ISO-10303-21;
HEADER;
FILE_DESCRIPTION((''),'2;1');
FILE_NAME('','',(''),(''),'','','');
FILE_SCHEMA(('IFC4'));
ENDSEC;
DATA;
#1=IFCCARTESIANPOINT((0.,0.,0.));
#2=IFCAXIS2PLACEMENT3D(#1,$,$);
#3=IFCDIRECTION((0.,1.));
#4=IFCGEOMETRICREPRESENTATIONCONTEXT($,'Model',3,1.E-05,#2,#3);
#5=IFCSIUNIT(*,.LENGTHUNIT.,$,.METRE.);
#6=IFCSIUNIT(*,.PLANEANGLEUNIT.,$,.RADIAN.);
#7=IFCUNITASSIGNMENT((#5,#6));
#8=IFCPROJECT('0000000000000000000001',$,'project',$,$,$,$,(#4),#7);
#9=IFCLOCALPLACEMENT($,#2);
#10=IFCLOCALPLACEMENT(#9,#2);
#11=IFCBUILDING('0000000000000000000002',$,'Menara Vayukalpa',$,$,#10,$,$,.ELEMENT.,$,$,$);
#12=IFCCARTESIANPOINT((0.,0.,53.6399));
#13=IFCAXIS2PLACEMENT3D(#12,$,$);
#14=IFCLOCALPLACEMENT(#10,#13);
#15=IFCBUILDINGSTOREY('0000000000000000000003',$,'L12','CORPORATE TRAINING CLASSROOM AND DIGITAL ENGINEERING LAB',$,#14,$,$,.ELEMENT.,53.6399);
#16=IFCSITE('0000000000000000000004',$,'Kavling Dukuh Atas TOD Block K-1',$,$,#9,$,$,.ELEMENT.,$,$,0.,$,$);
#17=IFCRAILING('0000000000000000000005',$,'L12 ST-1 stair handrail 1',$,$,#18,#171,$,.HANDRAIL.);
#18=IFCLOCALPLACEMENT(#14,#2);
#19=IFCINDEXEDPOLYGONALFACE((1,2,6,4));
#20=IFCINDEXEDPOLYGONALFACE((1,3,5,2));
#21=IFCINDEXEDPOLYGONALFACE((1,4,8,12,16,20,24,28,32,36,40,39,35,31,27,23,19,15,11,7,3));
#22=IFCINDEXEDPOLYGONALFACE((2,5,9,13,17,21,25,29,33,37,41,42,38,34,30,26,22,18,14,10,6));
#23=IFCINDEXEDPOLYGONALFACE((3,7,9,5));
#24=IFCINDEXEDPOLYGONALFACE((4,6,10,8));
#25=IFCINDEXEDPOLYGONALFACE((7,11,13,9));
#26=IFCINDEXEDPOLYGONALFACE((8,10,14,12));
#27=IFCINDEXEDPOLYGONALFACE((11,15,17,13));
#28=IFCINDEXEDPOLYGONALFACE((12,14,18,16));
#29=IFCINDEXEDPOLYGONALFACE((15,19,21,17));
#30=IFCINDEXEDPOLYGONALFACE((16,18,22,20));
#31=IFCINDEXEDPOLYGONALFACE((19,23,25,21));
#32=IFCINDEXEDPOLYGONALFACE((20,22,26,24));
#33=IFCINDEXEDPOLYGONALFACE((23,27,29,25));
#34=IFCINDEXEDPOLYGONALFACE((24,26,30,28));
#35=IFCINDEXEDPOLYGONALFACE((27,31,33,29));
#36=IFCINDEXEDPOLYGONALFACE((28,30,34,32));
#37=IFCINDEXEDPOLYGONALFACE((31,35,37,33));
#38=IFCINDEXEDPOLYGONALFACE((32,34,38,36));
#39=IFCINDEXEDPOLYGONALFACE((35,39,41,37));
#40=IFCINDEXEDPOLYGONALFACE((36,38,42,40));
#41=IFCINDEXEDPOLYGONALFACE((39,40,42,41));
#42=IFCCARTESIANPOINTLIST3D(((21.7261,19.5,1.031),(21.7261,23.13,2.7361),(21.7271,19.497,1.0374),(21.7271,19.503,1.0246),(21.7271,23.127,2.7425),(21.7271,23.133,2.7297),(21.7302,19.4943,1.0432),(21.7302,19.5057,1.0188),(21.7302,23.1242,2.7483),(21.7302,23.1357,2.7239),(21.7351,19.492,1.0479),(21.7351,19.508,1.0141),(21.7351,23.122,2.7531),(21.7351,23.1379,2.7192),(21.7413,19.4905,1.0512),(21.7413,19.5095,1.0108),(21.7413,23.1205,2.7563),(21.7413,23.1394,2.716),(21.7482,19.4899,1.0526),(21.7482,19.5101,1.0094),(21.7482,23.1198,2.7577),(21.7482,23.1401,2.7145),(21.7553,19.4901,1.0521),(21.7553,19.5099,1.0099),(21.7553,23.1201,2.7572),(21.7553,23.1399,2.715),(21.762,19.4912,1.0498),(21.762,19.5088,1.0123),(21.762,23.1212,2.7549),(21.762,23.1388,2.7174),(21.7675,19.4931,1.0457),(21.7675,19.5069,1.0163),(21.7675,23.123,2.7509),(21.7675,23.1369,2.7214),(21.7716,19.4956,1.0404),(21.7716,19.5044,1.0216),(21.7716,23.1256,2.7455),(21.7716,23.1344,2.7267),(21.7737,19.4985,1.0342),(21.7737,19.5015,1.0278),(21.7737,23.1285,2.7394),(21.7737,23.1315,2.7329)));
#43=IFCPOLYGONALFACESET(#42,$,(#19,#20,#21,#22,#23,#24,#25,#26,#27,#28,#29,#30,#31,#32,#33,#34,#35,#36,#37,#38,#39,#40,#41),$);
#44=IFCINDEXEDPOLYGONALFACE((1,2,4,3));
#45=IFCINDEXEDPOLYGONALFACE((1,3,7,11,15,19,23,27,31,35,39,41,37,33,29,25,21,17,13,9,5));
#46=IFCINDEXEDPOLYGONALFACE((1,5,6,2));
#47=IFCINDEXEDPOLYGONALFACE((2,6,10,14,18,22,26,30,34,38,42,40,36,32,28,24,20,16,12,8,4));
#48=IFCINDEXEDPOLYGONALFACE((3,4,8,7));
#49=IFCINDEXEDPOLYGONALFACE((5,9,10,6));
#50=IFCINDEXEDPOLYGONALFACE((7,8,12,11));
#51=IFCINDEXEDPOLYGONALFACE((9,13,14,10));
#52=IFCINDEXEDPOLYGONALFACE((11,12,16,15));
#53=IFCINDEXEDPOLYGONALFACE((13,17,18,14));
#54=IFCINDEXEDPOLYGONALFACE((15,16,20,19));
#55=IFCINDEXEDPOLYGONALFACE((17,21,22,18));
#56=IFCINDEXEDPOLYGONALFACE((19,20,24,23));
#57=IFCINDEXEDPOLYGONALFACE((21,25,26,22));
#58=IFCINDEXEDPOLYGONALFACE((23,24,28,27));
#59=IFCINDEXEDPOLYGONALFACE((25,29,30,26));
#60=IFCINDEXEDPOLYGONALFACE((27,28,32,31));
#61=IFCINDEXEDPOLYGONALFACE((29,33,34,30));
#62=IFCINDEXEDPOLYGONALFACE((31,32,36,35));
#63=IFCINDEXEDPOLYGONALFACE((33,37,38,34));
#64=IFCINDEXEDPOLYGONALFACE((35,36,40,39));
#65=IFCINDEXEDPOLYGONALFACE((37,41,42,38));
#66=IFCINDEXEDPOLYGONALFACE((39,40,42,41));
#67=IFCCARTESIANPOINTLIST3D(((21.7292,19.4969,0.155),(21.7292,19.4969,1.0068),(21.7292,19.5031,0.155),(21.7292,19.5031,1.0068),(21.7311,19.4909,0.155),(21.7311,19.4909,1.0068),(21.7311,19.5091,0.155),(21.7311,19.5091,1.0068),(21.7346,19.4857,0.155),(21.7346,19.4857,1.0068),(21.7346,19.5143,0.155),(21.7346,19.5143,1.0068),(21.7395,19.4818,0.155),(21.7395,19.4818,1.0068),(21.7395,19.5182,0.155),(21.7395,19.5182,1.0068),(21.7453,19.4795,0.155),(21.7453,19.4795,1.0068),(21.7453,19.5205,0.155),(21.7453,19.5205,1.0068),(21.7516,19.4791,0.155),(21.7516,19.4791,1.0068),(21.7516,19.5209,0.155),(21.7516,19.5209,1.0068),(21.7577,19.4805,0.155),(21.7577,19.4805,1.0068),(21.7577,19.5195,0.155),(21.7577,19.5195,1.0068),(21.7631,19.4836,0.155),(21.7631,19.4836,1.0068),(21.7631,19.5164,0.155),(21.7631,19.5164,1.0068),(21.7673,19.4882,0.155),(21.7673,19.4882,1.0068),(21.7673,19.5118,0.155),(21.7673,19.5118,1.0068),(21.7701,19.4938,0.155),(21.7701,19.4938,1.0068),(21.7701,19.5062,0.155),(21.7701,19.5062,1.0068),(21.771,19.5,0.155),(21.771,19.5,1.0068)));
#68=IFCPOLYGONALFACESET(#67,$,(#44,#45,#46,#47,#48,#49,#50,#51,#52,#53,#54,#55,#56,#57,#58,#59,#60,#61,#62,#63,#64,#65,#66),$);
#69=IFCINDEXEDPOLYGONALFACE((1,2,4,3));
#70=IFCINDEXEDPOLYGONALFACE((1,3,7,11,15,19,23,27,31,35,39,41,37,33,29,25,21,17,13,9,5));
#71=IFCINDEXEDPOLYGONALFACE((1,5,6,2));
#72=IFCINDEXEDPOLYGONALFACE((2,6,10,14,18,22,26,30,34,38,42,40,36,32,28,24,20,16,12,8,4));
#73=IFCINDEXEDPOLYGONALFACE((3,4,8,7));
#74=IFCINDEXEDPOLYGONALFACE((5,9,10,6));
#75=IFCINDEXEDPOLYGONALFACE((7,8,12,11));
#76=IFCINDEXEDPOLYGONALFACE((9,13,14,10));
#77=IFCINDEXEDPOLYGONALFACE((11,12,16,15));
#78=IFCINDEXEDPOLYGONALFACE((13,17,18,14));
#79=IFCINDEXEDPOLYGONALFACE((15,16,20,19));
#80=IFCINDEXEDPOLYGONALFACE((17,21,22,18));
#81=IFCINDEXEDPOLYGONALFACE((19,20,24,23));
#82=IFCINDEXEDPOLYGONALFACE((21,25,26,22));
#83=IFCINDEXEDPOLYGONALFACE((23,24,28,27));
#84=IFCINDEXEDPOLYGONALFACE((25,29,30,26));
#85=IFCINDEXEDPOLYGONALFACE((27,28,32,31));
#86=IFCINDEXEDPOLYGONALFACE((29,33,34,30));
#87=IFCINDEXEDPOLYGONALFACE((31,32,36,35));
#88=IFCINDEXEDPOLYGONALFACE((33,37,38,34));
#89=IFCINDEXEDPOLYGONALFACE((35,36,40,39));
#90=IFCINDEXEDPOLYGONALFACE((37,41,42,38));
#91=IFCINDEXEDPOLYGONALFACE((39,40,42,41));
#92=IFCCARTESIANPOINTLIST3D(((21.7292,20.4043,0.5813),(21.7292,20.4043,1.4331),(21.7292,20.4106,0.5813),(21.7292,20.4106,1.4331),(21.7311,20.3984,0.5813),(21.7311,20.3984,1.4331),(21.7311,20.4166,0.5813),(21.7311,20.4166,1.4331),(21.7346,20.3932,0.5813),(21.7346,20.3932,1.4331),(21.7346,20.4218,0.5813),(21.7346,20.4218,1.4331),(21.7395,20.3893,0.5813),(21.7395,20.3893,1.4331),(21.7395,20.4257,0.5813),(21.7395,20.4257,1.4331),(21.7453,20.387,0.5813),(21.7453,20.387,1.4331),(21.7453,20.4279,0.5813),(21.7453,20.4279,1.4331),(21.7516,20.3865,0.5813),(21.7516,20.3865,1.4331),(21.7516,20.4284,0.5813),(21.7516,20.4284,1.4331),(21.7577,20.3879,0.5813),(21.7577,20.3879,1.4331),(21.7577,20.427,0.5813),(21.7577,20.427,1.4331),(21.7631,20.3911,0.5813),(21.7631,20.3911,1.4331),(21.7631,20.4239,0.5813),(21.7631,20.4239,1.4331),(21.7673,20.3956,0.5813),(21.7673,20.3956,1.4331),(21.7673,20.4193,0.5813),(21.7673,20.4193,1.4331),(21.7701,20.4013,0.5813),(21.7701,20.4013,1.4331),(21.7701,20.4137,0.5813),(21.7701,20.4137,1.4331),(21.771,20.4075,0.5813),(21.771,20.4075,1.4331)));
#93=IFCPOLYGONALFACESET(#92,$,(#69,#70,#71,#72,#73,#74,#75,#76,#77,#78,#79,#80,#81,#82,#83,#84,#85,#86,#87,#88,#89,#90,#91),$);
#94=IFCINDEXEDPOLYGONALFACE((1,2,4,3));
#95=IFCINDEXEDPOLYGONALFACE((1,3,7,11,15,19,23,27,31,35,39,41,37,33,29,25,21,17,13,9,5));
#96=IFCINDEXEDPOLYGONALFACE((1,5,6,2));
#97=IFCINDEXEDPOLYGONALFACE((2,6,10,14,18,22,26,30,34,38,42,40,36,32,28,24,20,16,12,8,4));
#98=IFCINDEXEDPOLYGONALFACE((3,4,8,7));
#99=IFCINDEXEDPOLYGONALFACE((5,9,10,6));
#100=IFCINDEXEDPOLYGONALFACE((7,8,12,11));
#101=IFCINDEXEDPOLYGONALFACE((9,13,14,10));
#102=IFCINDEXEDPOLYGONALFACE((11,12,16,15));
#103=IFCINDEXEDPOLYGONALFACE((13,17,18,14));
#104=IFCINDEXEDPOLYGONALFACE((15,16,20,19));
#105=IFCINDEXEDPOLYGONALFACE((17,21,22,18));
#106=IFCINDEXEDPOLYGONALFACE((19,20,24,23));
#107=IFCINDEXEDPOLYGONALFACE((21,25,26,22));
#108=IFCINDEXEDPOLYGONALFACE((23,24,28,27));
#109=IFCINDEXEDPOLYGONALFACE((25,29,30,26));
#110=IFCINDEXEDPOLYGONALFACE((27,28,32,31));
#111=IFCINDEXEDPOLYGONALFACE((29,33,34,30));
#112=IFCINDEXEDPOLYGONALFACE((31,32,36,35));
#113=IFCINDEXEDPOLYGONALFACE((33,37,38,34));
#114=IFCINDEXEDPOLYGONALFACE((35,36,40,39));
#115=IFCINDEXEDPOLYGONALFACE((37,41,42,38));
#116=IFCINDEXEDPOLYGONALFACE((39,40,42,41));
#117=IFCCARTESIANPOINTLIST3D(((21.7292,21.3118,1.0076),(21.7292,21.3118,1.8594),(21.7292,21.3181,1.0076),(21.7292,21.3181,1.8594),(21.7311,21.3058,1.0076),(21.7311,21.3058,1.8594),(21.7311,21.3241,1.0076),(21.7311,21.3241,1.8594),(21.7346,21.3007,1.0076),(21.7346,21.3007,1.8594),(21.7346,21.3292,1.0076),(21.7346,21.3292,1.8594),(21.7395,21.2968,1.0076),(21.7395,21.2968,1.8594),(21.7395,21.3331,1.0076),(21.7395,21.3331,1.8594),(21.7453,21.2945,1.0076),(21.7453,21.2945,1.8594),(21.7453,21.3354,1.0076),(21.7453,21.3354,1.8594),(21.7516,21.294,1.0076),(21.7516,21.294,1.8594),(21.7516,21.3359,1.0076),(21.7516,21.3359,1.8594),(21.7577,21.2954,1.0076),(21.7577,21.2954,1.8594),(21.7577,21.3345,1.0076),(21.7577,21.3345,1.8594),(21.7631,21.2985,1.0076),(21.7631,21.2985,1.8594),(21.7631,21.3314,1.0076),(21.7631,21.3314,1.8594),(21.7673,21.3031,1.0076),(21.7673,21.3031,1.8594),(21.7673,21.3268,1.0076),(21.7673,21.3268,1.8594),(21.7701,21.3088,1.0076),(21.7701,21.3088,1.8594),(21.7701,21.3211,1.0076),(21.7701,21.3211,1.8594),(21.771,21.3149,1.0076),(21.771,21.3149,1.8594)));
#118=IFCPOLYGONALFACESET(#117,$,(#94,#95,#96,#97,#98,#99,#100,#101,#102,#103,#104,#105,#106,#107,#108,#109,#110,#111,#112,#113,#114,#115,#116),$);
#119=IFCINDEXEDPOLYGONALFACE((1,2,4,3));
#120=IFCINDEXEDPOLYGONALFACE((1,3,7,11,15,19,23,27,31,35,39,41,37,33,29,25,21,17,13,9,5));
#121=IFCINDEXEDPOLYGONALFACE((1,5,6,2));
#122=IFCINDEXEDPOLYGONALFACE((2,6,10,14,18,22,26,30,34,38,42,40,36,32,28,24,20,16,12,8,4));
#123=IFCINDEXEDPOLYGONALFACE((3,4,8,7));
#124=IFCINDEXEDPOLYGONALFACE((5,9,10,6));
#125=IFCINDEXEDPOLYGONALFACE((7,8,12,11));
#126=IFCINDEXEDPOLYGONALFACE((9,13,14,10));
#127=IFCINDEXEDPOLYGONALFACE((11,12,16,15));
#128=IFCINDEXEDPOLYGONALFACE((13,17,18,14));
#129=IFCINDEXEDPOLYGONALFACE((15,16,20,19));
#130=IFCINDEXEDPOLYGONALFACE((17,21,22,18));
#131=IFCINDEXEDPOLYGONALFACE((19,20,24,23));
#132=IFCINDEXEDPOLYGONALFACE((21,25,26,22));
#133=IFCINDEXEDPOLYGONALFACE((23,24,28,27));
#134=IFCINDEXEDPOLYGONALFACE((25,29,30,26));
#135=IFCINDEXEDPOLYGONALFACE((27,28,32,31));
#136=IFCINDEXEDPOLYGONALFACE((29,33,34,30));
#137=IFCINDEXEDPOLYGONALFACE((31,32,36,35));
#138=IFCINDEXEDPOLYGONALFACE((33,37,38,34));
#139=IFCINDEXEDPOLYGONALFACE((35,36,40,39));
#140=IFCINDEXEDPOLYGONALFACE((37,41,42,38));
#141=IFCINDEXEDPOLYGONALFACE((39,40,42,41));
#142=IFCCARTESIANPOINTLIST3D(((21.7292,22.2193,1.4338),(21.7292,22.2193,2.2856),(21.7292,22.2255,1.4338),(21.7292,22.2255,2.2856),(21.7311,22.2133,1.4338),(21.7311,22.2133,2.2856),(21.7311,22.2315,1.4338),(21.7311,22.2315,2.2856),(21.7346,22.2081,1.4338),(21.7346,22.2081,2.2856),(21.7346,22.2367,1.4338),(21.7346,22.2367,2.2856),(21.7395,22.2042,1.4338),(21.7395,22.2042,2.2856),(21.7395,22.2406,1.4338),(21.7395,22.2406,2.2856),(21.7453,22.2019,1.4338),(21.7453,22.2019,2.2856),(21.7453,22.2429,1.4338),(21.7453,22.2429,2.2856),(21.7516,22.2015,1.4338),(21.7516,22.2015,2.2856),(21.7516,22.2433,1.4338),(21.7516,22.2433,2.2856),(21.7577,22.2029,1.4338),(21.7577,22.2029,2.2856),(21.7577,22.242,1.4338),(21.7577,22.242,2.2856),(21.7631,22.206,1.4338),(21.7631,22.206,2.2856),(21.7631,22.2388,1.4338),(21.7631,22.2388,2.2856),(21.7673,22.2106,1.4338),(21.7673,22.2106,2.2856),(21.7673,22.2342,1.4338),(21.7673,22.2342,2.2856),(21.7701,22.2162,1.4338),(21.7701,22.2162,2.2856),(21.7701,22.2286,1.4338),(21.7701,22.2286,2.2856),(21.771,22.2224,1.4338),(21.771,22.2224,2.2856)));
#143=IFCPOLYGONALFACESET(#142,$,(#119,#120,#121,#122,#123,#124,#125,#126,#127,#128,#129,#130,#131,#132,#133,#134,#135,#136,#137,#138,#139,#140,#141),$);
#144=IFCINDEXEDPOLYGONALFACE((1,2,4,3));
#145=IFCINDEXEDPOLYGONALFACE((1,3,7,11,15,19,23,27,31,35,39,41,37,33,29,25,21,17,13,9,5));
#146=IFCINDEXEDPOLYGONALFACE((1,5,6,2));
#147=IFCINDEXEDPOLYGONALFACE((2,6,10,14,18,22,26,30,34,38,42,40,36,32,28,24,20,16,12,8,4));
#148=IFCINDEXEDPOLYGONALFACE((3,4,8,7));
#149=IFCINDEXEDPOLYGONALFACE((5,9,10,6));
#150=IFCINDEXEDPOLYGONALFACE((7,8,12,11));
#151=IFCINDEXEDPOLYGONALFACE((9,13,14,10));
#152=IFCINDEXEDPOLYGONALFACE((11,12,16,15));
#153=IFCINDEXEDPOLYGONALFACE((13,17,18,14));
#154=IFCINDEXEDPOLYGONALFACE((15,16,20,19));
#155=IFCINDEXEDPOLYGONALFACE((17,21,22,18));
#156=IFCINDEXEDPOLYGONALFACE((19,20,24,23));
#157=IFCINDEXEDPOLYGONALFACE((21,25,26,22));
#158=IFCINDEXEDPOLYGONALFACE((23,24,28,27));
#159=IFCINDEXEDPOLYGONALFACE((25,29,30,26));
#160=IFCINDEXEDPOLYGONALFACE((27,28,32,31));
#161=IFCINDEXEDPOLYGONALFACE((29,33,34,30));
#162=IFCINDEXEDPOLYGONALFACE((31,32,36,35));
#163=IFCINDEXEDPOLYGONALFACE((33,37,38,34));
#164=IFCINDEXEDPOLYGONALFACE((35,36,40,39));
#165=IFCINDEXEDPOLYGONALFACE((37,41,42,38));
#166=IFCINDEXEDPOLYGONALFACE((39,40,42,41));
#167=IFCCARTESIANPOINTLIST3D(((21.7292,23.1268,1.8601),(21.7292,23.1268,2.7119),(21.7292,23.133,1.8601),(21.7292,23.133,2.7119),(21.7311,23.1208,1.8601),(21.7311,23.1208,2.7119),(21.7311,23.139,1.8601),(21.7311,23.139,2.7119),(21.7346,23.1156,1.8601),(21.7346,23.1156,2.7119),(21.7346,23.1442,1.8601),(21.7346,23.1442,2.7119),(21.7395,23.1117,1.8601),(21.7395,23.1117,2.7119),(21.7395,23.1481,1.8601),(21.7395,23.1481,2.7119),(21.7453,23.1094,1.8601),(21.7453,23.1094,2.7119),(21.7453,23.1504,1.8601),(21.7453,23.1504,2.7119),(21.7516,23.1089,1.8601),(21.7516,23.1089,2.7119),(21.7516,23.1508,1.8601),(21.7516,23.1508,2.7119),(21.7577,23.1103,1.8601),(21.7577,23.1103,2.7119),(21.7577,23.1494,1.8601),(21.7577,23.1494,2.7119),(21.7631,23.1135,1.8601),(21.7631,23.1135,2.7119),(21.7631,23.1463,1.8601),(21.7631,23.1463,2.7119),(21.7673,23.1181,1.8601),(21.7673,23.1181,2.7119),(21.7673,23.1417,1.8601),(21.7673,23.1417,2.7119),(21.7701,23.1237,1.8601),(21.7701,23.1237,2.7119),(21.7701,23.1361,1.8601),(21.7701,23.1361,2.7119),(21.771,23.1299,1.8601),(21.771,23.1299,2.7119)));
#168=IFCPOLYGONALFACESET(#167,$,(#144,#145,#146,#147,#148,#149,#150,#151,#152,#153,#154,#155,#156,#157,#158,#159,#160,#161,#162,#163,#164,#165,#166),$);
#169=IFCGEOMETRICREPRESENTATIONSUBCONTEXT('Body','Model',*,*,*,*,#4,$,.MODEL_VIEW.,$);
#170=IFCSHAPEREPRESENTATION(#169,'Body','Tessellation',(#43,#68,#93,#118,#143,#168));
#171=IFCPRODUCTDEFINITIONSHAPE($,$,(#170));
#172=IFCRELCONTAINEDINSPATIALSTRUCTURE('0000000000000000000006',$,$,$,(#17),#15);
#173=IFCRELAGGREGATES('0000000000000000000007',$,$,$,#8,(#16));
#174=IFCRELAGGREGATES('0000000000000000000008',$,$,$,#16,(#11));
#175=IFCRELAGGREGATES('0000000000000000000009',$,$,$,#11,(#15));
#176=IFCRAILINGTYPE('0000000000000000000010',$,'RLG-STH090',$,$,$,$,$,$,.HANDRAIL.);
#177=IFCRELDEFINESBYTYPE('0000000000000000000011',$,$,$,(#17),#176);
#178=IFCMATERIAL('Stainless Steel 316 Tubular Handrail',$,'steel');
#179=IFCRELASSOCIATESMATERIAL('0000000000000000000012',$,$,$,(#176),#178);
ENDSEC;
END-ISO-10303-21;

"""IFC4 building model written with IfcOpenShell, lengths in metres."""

from ifc_helpers import new_model, si_unit, direction, frame, origin, origin_2d, place, context, subcontext, project, spatial, circle, extrude, material, type_object, element, save


model = new_model("IFC4")

# Units and contexts
model_context = context("Model", 3, precision=1e-05, world=origin(), true_north=direction((0.0, 1.0)))
body_context = subcontext(model_context, "Body", "Model", "MODEL_VIEW")
ifc_project = project(units=[si_unit("LENGTHUNIT", "METRE"), si_unit("PLANEANGLEUNIT", "RADIAN")], contexts=[model_context])

# Site, building, storey
site_placement = place(None, origin())
site = spatial("IfcSite", under=ifc_project, at=site_placement, Name="Kavling Dukuh Atas TOD Block K-1", CompositionType="ELEMENT", RefElevation=0.0)
building_placement = place(site_placement, origin())
building = spatial("IfcBuilding", under=site, at=building_placement, Name="Menara Vayukalpa", CompositionType="ELEMENT")
storey_placement = place(building_placement, frame((0.0, 0.0, 53.6399)))
storey = spatial("IfcBuildingStorey", under=building, at=storey_placement, Name="L12", Description="CORPORATE TRAINING CLASSROOM AND DIGITAL ENGINEERING LAB", CompositionType="ELEMENT", Elevation=53.6399)

# Railing
ifc_material_1 = material(Name="Stainless Steel 316 Tubular Handrail", Category="steel")
railing_type_1 = type_object("IfcRailingType", Name="RLG-STH090", PredefinedType="HANDRAIL", material=ifc_material_1)
railing_1_placement = place(storey_placement, frame((21.75, 19.5, 0.155)))
element("IfcRailing", 1, at=railing_1_placement, inside=storey, type_object=railing_type_1, Name="L12 ST-1 stair handrail 1", PredefinedType="HANDRAIL", context=body_context, shape_type="SweptSolid", body=[
    extrude(circle(Radius=0.0239, at=origin_2d()), frame((0.0, 0.0, 0.876), z_axis=(0.0, 0.905116, 0.425164), x_axis=(-1.0, 0.0, 0.0)), (0.0, 0.0, 1.0), 4.0105),
    extrude(circle(Radius=0.021, at=origin_2d()), origin(), (0.0, 0.0, 1.0), 0.8518),
    extrude(circle(Radius=0.021, at=origin_2d()), frame((0.0, 0.9075, 0.4263)), (0.0, 0.0, 1.0), 0.8518),
    extrude(circle(Radius=0.021, at=origin_2d()), frame((0.0, 1.8149, 0.8525)), (0.0, 0.0, 1.0), 0.8518),
    extrude(circle(Radius=0.021, at=origin_2d()), frame((0.0, 2.7224, 1.2788)), (0.0, 0.0, 1.0), 0.8518),
    extrude(circle(Radius=0.021, at=origin_2d()), frame((0.0, 3.6299, 1.7051)), (0.0, 0.0, 1.0), 0.8518),
])

save(model, "model.ifc")
